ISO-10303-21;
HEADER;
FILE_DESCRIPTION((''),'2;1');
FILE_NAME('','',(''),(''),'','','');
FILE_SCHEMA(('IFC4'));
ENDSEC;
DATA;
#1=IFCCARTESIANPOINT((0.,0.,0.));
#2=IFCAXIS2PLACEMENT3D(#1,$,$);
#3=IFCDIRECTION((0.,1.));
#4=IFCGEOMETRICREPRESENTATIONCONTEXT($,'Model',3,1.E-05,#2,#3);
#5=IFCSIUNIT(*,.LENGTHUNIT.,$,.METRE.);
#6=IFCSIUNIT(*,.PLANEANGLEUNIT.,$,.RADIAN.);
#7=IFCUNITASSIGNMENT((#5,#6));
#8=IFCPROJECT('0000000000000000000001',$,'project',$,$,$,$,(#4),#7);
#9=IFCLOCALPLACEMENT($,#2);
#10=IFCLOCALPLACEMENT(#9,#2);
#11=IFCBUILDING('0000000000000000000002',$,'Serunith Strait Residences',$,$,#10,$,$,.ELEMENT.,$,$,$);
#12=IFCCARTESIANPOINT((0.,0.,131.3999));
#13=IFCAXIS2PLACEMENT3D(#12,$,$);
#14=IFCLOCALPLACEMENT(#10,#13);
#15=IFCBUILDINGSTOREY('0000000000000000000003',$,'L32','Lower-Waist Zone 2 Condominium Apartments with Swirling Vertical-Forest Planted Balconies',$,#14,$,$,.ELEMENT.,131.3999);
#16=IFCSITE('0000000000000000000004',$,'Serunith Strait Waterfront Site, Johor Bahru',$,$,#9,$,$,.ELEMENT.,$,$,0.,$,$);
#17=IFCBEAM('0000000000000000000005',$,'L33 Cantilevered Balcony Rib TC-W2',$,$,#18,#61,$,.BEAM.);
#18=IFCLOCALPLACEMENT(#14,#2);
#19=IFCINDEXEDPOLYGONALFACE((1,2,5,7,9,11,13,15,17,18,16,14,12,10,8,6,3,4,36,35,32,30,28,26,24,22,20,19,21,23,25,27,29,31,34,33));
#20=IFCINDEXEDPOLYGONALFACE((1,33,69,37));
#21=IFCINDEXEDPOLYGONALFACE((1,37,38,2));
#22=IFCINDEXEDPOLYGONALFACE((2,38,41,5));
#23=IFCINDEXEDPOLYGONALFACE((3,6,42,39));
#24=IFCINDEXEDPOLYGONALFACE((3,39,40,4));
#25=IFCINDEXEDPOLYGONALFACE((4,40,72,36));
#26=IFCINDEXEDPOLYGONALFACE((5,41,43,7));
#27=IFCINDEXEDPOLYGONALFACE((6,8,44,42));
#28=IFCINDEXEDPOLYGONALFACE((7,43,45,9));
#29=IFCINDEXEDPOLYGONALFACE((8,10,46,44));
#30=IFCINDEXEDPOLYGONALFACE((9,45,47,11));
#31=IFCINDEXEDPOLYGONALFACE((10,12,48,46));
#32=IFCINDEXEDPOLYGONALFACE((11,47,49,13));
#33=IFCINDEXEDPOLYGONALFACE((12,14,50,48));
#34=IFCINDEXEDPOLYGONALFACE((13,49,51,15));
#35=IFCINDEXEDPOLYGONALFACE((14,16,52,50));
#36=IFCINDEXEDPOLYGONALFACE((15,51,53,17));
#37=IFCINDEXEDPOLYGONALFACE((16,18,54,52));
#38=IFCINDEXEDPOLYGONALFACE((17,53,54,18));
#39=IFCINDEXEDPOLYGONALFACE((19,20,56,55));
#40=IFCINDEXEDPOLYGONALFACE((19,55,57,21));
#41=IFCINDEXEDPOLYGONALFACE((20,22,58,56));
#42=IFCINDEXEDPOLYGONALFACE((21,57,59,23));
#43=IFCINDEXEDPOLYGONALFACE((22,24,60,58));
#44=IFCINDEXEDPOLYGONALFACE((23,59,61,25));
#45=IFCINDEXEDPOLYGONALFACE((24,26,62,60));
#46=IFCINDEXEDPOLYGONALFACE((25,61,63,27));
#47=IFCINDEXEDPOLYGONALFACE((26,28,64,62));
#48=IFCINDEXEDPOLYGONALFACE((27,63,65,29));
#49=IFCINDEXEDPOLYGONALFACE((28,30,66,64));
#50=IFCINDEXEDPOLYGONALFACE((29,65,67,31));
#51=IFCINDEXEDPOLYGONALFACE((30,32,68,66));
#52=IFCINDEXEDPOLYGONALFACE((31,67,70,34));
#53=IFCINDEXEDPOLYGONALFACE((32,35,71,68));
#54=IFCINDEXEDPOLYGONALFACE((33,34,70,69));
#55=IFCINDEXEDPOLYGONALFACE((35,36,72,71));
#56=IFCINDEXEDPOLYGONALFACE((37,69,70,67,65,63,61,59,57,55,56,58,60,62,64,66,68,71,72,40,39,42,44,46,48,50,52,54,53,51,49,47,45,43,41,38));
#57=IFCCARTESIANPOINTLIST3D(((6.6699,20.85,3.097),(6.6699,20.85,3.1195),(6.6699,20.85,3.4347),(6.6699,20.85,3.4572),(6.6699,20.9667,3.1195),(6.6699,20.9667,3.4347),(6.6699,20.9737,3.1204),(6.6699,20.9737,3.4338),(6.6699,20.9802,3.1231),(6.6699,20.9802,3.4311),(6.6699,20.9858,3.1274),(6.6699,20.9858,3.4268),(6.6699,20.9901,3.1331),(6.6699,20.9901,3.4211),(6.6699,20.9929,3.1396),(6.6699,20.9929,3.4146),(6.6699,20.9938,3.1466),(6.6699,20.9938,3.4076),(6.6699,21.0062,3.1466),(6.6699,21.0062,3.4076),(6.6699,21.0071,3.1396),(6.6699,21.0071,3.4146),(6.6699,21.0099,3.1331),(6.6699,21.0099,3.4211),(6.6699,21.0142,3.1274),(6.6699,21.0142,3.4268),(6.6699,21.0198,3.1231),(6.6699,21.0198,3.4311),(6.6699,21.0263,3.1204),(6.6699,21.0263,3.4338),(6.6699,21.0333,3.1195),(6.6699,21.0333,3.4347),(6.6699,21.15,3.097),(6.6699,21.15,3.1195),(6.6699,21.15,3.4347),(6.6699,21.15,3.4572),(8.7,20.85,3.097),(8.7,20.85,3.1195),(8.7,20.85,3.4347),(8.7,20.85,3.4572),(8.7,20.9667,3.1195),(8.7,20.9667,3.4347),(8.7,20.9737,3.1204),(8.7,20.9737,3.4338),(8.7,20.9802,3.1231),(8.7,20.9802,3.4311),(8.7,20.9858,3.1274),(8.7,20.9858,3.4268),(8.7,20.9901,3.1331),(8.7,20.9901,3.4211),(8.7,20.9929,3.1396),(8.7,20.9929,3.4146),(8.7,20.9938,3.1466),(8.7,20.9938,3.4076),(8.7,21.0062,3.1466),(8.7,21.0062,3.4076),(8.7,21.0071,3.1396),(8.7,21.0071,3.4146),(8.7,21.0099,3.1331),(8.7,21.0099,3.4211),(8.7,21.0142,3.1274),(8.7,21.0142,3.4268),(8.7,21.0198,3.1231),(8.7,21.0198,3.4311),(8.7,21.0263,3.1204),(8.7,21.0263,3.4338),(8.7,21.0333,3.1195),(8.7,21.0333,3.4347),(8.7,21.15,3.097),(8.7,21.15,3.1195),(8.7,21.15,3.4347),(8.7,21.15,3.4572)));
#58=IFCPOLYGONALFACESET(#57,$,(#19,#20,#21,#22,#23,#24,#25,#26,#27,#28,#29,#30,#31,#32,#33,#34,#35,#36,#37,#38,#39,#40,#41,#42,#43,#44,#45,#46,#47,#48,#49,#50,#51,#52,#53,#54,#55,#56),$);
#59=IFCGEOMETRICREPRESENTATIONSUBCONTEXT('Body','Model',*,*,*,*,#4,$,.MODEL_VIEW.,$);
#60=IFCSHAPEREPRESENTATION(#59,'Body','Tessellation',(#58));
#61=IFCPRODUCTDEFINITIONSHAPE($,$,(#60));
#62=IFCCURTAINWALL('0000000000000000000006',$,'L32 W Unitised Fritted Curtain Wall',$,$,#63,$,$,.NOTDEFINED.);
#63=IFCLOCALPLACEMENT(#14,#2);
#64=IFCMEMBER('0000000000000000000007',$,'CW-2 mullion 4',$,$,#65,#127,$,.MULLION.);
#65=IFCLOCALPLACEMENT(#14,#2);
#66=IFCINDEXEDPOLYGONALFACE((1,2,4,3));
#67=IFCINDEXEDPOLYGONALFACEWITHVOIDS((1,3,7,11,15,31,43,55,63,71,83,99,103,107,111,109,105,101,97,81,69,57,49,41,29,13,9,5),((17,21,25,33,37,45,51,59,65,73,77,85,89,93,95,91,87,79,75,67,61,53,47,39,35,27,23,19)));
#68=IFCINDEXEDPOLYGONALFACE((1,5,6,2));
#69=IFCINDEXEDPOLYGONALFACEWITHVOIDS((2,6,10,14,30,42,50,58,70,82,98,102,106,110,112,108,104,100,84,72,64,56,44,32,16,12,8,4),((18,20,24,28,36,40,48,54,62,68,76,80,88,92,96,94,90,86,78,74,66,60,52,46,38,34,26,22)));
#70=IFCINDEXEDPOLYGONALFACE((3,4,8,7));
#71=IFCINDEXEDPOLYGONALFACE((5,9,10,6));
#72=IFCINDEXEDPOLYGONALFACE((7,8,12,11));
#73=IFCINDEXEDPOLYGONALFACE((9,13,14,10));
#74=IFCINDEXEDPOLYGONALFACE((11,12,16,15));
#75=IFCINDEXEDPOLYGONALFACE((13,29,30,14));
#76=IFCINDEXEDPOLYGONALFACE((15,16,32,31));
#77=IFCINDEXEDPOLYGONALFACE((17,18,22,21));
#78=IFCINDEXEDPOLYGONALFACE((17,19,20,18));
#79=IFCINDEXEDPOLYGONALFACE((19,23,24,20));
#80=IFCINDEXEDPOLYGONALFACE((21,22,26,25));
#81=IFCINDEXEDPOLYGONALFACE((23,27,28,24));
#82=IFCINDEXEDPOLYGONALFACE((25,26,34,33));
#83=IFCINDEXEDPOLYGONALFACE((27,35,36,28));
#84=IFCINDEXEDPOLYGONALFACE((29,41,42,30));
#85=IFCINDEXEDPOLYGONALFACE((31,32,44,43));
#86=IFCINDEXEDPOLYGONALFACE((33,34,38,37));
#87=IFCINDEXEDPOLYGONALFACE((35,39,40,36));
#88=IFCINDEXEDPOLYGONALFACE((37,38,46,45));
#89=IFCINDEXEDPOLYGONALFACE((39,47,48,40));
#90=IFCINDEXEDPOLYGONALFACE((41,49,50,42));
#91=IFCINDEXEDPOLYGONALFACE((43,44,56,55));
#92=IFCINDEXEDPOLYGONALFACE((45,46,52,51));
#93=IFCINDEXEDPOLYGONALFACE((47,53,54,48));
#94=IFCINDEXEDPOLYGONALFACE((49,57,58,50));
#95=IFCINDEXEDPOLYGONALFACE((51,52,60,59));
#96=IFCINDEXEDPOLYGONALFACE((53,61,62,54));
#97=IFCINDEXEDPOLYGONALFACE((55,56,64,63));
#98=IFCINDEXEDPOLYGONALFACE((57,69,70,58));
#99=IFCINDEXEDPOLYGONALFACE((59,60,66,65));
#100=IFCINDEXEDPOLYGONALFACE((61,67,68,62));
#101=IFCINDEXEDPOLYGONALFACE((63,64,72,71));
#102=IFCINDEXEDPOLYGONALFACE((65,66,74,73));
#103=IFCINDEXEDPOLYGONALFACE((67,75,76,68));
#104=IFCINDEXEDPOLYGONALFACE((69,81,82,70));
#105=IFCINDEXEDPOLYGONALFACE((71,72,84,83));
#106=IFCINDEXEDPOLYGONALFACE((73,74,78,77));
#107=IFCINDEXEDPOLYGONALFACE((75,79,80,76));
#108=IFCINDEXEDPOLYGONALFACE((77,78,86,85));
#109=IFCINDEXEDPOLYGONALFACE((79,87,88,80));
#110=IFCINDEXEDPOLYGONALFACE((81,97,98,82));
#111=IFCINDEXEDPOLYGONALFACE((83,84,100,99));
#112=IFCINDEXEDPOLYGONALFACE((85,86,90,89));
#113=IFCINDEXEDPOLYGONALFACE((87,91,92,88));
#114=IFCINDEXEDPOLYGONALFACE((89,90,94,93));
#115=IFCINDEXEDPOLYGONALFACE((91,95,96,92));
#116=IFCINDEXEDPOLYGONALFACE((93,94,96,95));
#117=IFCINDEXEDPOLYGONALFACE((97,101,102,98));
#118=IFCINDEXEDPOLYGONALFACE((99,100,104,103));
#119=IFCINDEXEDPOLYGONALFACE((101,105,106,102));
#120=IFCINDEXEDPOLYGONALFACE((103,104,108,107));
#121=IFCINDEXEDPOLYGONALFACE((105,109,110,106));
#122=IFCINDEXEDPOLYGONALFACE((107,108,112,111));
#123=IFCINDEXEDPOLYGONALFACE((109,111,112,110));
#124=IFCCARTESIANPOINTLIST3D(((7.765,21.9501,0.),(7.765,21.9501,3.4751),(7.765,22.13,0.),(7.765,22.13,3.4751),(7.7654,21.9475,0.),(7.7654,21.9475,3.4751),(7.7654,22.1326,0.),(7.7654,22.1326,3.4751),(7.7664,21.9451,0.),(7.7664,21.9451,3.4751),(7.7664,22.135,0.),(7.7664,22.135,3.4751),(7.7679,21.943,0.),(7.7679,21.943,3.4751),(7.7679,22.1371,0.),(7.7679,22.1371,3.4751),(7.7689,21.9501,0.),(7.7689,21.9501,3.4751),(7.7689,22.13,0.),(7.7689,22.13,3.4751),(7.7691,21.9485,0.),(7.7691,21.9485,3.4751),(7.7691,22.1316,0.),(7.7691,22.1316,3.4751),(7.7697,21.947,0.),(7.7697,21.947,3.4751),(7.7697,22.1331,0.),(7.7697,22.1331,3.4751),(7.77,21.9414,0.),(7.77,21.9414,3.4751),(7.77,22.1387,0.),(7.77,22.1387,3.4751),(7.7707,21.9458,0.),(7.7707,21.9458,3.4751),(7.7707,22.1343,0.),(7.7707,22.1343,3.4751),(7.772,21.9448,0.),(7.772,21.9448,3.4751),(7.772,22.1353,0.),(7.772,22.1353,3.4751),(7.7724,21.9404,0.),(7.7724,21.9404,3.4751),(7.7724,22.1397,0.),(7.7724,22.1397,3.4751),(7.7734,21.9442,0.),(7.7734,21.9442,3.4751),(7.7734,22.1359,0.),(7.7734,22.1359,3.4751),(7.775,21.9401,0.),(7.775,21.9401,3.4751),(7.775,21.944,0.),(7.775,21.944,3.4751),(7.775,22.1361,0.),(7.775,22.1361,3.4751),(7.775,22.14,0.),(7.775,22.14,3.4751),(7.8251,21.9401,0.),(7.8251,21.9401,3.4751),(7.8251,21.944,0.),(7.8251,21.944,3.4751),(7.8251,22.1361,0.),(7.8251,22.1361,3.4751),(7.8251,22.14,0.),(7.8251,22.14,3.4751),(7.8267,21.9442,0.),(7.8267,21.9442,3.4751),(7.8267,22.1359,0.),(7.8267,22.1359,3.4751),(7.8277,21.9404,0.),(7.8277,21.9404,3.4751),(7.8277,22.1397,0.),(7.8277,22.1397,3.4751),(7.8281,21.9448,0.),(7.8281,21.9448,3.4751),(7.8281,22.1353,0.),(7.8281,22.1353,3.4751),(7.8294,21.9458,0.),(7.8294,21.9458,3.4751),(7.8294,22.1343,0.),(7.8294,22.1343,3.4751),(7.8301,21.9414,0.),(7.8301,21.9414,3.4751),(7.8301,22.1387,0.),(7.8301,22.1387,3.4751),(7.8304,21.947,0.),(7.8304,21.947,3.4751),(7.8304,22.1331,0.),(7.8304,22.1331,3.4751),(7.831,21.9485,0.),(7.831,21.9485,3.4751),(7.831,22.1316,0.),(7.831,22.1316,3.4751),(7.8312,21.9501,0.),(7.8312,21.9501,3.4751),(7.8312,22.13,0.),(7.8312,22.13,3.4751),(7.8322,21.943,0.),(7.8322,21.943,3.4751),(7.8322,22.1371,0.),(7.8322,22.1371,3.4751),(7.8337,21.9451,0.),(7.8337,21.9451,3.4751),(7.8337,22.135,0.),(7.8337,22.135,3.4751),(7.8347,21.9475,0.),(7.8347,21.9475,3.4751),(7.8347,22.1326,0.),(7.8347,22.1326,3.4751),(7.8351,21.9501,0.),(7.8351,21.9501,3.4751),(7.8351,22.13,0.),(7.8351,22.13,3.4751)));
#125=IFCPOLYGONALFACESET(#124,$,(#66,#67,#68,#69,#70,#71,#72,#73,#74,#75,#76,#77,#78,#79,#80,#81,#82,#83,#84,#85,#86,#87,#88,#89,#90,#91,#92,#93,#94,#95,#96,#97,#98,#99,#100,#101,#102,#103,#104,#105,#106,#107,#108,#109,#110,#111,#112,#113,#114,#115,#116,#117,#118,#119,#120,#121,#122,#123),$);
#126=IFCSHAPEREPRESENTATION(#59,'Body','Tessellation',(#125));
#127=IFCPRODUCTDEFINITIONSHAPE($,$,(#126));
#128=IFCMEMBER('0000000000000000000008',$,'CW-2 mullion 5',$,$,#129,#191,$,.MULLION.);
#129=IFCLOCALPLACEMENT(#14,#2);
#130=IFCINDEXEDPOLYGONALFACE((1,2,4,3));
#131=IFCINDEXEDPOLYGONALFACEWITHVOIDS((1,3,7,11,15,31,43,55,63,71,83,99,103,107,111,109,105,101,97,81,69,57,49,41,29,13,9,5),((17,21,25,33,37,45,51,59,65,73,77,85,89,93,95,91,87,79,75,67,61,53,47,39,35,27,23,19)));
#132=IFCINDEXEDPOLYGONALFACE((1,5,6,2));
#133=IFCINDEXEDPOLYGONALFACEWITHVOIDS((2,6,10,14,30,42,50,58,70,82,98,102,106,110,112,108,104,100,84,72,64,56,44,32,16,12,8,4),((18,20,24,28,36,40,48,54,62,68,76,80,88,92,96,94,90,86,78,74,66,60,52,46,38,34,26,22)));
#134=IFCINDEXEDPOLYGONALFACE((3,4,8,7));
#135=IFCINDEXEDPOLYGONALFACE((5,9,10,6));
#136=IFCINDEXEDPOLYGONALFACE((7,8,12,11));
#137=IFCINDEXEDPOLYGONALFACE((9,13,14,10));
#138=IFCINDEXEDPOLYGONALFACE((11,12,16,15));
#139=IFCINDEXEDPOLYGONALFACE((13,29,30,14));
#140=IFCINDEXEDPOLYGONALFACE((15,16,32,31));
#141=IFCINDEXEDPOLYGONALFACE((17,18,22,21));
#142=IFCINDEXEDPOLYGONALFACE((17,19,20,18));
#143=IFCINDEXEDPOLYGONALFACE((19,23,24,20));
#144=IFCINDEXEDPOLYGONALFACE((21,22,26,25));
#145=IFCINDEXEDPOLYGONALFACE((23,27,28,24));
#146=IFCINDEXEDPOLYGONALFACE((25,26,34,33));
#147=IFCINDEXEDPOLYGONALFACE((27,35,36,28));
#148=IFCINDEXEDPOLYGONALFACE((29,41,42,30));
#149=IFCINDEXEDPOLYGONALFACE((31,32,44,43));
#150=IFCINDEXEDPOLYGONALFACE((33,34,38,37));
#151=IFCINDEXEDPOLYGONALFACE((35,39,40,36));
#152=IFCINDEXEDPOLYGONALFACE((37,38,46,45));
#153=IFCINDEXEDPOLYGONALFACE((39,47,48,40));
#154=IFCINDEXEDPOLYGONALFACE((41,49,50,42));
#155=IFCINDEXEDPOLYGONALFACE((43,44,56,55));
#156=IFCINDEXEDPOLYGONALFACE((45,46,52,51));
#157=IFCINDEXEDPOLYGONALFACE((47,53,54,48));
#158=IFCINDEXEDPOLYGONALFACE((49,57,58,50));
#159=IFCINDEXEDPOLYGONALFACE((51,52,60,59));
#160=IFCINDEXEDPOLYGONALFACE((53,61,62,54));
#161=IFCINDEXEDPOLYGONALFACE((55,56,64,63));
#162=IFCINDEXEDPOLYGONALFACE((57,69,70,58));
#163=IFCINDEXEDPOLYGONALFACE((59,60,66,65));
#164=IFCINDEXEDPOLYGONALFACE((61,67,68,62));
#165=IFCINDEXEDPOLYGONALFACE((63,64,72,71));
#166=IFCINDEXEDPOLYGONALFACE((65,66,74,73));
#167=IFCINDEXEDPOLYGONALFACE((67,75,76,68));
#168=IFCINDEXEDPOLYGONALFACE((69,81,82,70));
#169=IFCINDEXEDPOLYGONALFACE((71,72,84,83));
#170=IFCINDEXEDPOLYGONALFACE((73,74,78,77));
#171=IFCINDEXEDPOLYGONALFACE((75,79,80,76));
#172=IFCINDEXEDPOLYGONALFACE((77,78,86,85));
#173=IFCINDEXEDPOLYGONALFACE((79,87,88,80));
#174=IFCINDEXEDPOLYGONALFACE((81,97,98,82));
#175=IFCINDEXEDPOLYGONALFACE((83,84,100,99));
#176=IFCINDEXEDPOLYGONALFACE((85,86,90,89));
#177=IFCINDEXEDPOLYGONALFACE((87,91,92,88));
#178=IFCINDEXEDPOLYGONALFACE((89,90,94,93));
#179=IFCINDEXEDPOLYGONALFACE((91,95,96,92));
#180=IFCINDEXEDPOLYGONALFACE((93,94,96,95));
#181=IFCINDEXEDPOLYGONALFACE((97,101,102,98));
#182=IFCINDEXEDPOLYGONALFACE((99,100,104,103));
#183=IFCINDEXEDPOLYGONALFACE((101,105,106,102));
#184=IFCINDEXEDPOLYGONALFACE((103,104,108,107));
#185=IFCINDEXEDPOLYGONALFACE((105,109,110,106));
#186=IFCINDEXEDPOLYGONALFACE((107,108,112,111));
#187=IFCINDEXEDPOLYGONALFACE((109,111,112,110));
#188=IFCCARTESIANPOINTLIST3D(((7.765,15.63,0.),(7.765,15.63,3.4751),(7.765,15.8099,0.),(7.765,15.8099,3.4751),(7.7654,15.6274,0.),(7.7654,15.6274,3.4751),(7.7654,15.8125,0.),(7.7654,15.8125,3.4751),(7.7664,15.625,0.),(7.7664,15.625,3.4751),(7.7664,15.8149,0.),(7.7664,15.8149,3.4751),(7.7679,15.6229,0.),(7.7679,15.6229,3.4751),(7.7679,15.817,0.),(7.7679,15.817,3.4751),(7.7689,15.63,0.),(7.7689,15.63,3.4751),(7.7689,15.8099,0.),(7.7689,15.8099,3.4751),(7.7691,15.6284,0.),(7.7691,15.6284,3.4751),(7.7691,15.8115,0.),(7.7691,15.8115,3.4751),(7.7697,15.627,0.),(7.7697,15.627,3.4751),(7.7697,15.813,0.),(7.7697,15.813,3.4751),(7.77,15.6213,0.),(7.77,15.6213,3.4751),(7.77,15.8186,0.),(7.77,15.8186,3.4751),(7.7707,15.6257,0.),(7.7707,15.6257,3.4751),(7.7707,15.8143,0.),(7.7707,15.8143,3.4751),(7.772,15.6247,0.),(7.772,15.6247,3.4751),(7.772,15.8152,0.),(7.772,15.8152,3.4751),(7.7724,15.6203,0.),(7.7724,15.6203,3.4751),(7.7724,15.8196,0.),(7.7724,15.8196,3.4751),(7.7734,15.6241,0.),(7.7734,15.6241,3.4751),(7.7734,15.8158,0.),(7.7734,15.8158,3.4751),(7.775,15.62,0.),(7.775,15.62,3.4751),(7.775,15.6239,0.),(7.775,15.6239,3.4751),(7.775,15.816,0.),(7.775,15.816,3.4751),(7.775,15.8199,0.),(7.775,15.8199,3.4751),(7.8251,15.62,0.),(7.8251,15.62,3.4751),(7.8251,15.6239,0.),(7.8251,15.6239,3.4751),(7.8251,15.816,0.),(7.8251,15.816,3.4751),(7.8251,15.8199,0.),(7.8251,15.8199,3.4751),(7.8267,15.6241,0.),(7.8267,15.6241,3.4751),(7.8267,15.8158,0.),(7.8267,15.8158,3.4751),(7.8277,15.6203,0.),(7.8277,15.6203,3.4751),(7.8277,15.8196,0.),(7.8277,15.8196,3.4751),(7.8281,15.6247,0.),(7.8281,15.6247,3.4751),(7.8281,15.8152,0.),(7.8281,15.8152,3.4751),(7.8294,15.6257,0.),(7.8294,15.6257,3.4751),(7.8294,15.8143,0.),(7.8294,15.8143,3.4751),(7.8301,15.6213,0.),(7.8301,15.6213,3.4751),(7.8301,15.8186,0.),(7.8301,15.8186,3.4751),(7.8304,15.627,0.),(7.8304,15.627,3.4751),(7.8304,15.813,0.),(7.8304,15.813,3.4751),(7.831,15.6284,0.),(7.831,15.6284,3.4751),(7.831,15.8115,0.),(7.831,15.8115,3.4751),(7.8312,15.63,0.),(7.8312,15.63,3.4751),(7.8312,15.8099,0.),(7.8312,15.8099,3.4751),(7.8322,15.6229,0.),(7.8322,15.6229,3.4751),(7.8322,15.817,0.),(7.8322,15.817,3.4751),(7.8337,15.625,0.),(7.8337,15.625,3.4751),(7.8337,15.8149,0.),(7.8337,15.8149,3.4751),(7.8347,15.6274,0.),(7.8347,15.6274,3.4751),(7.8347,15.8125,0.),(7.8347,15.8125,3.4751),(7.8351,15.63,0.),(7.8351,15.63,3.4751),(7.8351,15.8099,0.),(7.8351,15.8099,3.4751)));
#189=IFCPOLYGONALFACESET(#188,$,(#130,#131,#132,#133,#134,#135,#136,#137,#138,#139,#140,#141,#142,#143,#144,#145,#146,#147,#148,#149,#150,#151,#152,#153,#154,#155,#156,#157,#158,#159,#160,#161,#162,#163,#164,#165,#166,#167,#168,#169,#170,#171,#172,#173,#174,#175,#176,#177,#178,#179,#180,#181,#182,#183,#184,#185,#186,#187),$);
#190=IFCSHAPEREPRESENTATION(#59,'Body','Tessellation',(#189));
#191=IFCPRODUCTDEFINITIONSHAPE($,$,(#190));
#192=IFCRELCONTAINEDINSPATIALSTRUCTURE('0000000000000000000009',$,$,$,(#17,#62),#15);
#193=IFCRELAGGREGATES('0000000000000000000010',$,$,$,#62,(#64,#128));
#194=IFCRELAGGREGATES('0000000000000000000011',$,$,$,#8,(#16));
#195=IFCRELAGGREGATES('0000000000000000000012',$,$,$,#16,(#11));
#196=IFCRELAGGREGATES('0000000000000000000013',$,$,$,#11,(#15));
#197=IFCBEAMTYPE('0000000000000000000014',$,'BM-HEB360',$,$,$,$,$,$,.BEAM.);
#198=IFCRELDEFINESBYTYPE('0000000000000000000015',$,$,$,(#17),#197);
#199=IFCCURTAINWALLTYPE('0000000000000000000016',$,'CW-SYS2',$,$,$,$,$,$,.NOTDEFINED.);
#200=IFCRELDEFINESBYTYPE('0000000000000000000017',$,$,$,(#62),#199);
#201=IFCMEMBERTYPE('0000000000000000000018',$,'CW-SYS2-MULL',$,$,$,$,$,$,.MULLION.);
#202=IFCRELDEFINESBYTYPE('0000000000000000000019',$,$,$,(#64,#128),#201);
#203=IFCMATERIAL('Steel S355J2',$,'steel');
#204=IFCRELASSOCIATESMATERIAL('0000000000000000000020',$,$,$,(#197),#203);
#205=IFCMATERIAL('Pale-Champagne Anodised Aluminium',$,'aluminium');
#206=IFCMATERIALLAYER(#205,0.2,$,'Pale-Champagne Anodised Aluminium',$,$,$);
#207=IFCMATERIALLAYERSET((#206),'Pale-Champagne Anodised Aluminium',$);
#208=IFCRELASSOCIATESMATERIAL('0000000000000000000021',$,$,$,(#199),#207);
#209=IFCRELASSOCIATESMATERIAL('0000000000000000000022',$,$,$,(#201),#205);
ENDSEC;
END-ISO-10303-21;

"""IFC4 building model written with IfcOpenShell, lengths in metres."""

from ifc_helpers import new_model, si_unit, direction, frame, origin, origin_2d, place, context, subcontext, project, spatial, hollow_rectangle, i_section, extrude, source, transform, mapped, material, layer, layer_set, material_profile, profile_set, type_object, element, aggregate, save


model = new_model("IFC4")

# Units and contexts
model_context = context("Model", 3, precision=1e-05, world=origin(), true_north=direction((0.0, 1.0)))
body_context = subcontext(model_context, "Body", "Model", "MODEL_VIEW")
ifc_project = project(units=[si_unit("LENGTHUNIT", "METRE"), si_unit("PLANEANGLEUNIT", "RADIAN")], contexts=[model_context])

# Site, building, storey
site_placement = place(None, origin())
site = spatial("IfcSite", under=ifc_project, at=site_placement, Name="Serunith Strait Waterfront Site, Johor Bahru", CompositionType="ELEMENT", RefElevation=0.0)
building_placement = place(site_placement, origin())
building = spatial("IfcBuilding", under=site, at=building_placement, Name="Serunith Strait Residences", CompositionType="ELEMENT")
storey_placement = place(building_placement, frame((0.0, 0.0, 131.3999)))
storey = spatial("IfcBuildingStorey", under=building, at=storey_placement, Name="L32", Description="Lower-Waist Zone 2 Condominium Apartments with Swirling Vertical-Forest Planted Balconies", CompositionType="ELEMENT", Elevation=131.3999)

# Beam
ifc_material_1 = material(Name="Steel S355J2", Category="steel")
ifc_material_profile_1 = material_profile(ifc_material_1, i_section(OverallWidth=0.3, OverallDepth=0.3601, WebThickness=0.0125, FlangeThickness=0.0225, FilletRadius=0.0271, at=origin_2d()), Name="HEB 360")
ifc_profile_set_1 = profile_set([ifc_material_profile_1], Name="Steel S355J2")
beam_type_1 = type_object("IfcBeamType", Name="BM-HEB360", PredefinedType="BEAM", material=ifc_profile_set_1)
shared_shape_1 = source(origin(), body_context, "Body", "SweptSolid", [
    extrude(i_section(OverallWidth=0.3, OverallDepth=0.3601, WebThickness=0.0125, FlangeThickness=0.0225, FilletRadius=0.0271, at=origin_2d()), origin(), (0.0, 0.0, 1.0), 2.03),
])
for number, where, z_axis, x_axis, name in (
    (1, (8.7, 21.0, 3.2771), (-1.0, 0.0, 0.0), (0.0, -1.0, 0.0), "L33 Cantilevered Balcony Rib TC-W2"),
):
    element("IfcBeam", number, at=place(storey_placement, frame(where, z_axis=z_axis, x_axis=x_axis)), inside=storey, type_object=beam_type_1, Name=name, PredefinedType="BEAM", context=body_context, shape_type="MappedRepresentation", body=[
        mapped(shared_shape_1, transform((0.0, 0.0, 0.0), scale=1.0)),
    ])

# Curtain wall, members
ifc_material_2 = material(Name="Pale-Champagne Anodised Aluminium", Category="aluminium")
ifc_layer_1 = layer(ifc_material_2, 0.2, Name="Pale-Champagne Anodised Aluminium")
ifc_layer_set_1 = layer_set([ifc_layer_1], Name="Pale-Champagne Anodised Aluminium")
curtain_wall_type = type_object("IfcCurtainWallType", Name="CW-SYS2", PredefinedType="NOTDEFINED", material=ifc_layer_set_1)
curtain_wall_placement = place(storey_placement, origin())
curtain_wall = element("IfcCurtainWall", 2, at=curtain_wall_placement, inside=storey, type_object=curtain_wall_type, Name="L32 W Unitised Fritted Curtain Wall", PredefinedType="NOTDEFINED")
ifc_material_profile_2 = material_profile(ifc_material_2, hollow_rectangle(XDim=0.0701, YDim=0.2, WallThickness=0.0039, InnerFilletRadius=0.0061, OuterFilletRadius=0.01, at=origin_2d()), Name="ALU 200x70x4")
ifc_profile_set_2 = profile_set([ifc_material_profile_2], Name="Pale-Champagne Anodised Aluminium")
member_type_1 = type_object("IfcMemberType", Name="CW-SYS2-MULL", PredefinedType="MULLION", material=ifc_profile_set_2)
shared_shape_2 = source(origin(), body_context, "Body", "SweptSolid", [
    extrude(hollow_rectangle(XDim=0.0701, YDim=0.2, WallThickness=0.0039, InnerFilletRadius=0.0061, OuterFilletRadius=0.01, at=origin_2d()), origin(), (0.0, 0.0, 1.0), 3.4751),
])
member_1_placement = place(storey_placement, frame((7.8, 22.04, 0.0), z_axis=(0.0, 0.0, 1.0), x_axis=(1.0, 0.0, 0.0)))
member_1 = element("IfcMember", 3, at=member_1_placement, type_object=member_type_1, Name="CW-2 mullion 4", PredefinedType="MULLION", context=body_context, shape_type="MappedRepresentation", body=[
    mapped(shared_shape_2, transform((0.0, 0.0, 0.0), scale=1.0)),
])
member_2_placement = place(storey_placement, frame((7.8, 15.72, 0.0), z_axis=(0.0, 0.0, 1.0), x_axis=(1.0, 0.0, 0.0)))
member_2 = element("IfcMember", 4, at=member_2_placement, type_object=member_type_1, Name="CW-2 mullion 5", PredefinedType="MULLION", context=body_context, shape_type="MappedRepresentation", body=[
    mapped(shared_shape_2, transform((0.0, 0.0, 0.0), scale=1.0)),
])
aggregate(curtain_wall, [member_1, member_2])

save(model, "model.ifc")
